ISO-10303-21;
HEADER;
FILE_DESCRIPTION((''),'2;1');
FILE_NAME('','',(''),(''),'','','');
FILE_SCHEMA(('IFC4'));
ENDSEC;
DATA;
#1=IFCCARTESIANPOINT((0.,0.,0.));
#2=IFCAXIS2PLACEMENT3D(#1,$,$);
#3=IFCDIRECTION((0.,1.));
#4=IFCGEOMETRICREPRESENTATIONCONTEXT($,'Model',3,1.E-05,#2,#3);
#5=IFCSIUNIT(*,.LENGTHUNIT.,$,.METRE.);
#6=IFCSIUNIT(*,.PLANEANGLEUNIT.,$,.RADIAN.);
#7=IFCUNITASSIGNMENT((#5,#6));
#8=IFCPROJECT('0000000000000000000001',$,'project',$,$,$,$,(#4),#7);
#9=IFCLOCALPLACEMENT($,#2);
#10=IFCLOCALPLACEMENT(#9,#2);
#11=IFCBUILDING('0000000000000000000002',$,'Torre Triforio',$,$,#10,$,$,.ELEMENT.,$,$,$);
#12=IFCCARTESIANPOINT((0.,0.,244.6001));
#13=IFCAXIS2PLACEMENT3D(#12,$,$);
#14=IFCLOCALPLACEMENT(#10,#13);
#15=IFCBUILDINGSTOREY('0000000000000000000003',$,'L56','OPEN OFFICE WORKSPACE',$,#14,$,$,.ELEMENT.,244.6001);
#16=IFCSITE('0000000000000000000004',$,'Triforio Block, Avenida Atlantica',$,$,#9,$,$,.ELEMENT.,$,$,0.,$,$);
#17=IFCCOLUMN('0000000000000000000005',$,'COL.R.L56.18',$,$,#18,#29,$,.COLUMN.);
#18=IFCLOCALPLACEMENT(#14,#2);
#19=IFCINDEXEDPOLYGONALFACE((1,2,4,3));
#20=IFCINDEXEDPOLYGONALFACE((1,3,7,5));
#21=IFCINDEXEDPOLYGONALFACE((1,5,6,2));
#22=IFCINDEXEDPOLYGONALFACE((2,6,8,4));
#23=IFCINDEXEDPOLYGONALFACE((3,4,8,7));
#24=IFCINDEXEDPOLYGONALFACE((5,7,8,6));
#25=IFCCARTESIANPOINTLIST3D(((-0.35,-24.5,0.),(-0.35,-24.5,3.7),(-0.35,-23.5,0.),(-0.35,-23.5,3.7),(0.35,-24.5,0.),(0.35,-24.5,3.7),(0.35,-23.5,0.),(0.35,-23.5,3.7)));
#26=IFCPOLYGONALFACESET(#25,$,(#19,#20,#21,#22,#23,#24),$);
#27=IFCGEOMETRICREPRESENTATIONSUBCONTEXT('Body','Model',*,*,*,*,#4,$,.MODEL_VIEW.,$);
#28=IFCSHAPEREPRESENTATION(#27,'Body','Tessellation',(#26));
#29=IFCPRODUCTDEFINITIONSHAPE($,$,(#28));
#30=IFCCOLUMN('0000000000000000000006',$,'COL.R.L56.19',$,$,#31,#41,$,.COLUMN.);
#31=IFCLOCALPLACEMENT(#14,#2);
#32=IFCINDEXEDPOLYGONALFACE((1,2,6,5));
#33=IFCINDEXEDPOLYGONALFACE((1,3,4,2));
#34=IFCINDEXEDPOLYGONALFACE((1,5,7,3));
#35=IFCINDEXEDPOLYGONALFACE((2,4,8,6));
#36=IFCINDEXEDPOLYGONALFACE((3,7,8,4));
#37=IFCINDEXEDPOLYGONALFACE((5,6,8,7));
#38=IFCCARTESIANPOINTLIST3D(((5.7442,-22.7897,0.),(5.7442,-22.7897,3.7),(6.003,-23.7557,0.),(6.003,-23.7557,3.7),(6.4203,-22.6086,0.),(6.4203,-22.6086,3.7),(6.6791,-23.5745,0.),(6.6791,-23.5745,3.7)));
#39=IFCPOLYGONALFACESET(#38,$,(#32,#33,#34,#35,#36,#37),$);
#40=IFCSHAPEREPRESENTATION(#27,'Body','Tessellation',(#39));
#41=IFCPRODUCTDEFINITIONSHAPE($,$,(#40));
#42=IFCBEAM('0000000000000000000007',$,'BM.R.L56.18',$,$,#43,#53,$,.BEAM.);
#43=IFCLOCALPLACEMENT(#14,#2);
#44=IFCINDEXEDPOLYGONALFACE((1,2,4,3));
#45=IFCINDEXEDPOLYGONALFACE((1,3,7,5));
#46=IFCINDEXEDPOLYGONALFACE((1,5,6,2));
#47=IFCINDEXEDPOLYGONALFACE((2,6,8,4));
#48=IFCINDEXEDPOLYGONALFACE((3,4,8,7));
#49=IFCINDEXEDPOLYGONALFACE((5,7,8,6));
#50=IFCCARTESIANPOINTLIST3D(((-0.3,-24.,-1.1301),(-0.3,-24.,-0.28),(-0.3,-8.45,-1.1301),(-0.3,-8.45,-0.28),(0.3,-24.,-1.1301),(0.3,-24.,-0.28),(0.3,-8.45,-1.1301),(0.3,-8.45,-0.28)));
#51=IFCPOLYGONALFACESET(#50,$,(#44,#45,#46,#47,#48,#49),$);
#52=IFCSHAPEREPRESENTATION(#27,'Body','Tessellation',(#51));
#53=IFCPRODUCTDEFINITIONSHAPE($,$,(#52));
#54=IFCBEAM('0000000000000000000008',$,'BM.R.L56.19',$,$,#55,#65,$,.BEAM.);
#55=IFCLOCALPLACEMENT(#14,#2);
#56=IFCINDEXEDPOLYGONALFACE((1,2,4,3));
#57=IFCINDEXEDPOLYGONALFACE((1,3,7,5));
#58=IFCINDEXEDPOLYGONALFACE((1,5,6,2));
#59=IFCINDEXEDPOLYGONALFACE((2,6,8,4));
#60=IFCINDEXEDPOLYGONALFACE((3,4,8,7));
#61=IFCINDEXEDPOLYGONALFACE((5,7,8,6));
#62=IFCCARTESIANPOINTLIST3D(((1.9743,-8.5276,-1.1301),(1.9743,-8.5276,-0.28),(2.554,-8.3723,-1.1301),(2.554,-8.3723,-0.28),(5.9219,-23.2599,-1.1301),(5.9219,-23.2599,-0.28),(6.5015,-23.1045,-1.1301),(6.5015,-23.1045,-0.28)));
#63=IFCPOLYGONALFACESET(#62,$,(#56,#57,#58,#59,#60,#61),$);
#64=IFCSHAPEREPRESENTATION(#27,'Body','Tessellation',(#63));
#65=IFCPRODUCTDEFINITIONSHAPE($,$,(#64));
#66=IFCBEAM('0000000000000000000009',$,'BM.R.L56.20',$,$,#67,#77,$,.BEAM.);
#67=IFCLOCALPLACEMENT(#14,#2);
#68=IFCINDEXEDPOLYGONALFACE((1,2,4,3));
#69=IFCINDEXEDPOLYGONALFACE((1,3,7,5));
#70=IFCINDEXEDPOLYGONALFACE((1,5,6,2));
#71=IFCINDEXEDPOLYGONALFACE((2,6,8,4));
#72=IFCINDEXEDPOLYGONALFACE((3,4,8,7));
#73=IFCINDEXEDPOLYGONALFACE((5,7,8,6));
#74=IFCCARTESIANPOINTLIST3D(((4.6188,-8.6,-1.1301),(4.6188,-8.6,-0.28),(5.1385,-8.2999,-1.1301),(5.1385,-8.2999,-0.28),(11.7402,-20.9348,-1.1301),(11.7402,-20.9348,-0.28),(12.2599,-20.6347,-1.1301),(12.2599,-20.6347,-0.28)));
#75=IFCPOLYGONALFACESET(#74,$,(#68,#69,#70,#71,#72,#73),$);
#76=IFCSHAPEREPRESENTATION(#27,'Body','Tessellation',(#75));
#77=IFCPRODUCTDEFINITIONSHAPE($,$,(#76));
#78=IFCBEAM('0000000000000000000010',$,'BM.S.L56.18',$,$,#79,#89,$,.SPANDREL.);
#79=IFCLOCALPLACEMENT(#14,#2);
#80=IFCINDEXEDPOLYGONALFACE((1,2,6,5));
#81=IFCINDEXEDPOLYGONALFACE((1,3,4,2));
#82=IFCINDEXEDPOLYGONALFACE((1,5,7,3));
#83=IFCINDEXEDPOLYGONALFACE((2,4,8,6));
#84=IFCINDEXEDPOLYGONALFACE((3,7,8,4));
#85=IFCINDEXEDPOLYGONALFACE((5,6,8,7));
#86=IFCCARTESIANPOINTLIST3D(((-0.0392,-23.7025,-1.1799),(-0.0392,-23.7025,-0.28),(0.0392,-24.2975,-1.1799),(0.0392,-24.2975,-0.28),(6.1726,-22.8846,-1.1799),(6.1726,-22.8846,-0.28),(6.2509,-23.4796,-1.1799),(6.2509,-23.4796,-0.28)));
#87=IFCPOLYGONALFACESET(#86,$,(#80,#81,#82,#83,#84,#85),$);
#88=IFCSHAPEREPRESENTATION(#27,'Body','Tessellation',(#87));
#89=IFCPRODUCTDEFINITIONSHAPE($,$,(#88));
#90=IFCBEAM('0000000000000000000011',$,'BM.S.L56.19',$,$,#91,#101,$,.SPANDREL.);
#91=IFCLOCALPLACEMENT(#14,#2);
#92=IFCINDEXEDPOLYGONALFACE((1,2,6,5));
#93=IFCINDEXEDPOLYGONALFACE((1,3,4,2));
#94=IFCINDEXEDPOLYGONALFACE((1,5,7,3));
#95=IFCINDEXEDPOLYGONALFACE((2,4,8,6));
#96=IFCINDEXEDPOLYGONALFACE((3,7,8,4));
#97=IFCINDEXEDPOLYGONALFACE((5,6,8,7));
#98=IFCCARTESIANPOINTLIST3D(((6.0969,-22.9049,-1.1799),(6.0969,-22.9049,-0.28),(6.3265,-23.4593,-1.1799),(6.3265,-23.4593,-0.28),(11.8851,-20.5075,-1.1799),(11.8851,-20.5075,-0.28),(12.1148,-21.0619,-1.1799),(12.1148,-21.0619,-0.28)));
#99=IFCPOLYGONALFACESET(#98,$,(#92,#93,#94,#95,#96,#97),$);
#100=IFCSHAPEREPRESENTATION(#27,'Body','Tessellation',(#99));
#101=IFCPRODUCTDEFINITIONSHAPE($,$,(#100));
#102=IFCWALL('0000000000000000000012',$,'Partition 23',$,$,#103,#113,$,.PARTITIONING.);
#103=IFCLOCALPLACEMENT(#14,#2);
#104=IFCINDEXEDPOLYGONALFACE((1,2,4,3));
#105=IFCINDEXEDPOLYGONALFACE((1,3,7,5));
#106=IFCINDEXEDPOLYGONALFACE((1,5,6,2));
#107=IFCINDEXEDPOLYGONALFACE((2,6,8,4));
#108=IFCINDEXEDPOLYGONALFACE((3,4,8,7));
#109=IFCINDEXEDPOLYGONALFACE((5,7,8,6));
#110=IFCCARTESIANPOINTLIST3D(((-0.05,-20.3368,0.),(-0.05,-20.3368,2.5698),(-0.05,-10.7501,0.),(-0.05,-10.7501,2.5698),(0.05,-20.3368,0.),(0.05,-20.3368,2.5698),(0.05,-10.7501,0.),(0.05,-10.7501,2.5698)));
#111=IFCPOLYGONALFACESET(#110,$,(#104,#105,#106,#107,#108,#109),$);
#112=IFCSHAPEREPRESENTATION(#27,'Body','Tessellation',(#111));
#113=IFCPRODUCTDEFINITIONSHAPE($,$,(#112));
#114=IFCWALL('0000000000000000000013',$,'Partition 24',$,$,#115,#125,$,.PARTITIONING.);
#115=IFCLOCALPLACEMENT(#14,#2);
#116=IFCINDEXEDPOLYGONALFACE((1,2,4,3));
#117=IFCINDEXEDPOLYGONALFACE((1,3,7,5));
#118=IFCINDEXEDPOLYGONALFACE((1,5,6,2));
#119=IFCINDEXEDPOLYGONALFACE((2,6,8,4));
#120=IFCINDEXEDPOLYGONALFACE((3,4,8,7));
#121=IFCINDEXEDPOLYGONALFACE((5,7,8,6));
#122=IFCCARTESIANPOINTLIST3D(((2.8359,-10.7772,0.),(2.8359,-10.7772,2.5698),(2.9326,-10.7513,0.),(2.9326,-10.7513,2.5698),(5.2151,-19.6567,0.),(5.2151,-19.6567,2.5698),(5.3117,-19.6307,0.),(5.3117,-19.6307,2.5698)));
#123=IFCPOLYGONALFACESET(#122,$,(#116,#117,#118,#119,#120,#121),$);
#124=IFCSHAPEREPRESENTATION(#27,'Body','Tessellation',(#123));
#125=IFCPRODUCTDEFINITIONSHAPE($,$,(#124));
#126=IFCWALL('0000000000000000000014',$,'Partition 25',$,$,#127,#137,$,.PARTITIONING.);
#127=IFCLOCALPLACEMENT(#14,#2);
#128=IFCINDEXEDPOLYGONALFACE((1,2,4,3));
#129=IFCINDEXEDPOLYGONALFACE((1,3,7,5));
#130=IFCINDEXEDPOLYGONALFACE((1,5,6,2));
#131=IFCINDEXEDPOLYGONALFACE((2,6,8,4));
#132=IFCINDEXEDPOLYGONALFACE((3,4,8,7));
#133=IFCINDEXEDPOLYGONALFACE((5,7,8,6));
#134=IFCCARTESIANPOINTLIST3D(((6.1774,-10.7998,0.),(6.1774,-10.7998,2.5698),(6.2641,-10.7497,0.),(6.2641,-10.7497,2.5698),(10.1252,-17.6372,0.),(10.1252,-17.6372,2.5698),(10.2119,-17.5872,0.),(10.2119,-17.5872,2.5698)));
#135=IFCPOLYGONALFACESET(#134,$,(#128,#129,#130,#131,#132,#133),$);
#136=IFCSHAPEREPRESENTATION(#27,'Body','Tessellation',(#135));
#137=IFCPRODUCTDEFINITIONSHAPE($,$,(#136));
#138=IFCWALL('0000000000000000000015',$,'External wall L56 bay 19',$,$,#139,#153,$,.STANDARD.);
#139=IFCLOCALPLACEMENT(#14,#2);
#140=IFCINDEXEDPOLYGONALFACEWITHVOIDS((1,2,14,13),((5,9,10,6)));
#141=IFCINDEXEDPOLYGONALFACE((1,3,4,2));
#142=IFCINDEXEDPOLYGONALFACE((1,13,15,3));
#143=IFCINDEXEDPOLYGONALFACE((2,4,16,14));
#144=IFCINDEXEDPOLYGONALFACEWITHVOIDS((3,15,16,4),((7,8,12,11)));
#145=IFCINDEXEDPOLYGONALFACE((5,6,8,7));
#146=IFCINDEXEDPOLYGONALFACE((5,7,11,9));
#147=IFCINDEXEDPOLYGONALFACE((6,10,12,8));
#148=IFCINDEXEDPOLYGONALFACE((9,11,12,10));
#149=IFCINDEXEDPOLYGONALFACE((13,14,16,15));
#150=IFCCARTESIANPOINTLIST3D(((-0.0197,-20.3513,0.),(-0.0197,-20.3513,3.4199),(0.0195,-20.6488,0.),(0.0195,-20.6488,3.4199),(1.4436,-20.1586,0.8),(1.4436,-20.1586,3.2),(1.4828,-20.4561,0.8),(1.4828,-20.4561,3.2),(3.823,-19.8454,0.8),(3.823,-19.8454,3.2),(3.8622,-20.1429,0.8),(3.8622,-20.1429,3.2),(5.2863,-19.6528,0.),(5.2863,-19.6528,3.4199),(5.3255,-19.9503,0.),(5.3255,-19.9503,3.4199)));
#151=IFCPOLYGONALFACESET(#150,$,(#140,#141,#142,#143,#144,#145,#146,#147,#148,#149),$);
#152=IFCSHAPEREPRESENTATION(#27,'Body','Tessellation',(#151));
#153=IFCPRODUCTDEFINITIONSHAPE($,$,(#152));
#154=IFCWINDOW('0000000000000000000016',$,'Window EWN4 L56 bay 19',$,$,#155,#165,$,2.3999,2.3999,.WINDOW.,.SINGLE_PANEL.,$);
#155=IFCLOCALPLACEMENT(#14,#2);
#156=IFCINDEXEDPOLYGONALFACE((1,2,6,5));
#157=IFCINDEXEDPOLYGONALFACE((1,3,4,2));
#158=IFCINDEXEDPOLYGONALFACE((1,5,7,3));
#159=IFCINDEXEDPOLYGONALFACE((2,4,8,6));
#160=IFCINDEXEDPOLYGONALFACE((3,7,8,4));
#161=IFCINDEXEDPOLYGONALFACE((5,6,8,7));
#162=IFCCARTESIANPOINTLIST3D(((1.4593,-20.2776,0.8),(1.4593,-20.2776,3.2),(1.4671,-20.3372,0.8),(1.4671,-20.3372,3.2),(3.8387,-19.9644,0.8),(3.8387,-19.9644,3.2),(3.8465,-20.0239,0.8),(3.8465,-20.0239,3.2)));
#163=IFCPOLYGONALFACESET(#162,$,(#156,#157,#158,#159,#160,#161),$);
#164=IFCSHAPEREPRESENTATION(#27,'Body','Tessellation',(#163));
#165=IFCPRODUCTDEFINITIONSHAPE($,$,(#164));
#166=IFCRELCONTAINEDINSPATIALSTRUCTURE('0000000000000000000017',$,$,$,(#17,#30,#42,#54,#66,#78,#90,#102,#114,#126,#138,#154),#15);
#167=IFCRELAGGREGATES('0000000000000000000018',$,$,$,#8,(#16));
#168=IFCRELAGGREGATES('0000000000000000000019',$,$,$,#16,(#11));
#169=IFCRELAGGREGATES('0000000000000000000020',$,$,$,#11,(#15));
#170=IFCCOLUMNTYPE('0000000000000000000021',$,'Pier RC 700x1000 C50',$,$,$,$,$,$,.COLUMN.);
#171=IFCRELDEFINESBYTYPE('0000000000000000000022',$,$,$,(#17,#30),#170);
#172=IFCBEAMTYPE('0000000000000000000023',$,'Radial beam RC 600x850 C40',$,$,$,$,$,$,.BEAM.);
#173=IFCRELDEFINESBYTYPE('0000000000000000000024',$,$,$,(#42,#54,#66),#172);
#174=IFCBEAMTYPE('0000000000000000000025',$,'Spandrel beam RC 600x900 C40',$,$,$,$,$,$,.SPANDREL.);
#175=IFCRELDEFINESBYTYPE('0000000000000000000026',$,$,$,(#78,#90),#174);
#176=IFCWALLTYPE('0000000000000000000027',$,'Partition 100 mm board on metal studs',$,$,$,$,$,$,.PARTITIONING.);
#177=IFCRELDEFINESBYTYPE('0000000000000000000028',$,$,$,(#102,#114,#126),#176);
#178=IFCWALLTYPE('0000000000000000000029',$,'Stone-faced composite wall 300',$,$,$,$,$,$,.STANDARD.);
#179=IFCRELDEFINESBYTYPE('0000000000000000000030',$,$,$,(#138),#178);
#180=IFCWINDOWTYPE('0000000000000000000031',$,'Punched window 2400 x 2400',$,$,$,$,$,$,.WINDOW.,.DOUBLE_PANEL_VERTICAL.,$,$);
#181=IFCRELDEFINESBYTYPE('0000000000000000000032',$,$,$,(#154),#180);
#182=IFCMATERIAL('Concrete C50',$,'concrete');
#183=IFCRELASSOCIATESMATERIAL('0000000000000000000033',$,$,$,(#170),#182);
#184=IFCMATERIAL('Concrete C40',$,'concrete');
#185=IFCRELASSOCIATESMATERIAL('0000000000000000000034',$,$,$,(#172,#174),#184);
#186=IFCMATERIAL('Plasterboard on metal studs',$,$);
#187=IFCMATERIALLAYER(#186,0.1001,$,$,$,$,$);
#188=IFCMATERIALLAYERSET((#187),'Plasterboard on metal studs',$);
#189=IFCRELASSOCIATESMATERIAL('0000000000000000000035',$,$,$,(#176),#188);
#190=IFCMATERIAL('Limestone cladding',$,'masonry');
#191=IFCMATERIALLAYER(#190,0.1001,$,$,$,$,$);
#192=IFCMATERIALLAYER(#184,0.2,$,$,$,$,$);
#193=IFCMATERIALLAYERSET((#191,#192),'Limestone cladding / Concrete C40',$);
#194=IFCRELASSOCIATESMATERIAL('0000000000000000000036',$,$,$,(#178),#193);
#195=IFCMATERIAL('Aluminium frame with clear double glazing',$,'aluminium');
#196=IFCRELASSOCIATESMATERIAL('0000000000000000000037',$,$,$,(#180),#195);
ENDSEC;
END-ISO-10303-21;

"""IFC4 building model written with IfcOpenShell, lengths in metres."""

from ifc_helpers import new_model, si_unit, direction, frame, frame_2d, origin, origin_2d, place, context, subcontext, project, spatial, rectangle, extrude, material, layer, layer_set, material_profile, profile_set, type_object, element, fill, save


model = new_model("IFC4")

# Units and contexts
model_context = context("Model", 3, precision=1e-05, world=origin(), true_north=direction((0.0, 1.0)))
body_context = subcontext(model_context, "Body", "Model", "MODEL_VIEW")
ifc_project = project(units=[si_unit("LENGTHUNIT", "METRE"), si_unit("PLANEANGLEUNIT", "RADIAN")], contexts=[model_context])

# Site, building, storey
site_placement = place(None, origin())
site = spatial("IfcSite", under=ifc_project, at=site_placement, Name="Triforio Block, Avenida Atlantica", CompositionType="ELEMENT", RefElevation=0.0)
building_placement = place(site_placement, origin())
building = spatial("IfcBuilding", under=site, at=building_placement, Name="Torre Triforio", CompositionType="ELEMENT")
storey_placement = place(building_placement, frame((0.0, 0.0, 244.6001)))
storey = spatial("IfcBuildingStorey", under=building, at=storey_placement, Name="L56", Description="OPEN OFFICE WORKSPACE", CompositionType="ELEMENT", Elevation=244.6001)

# Columns
ifc_material_1 = material(Name="Concrete C50", Category="concrete")
ifc_material_profile_1 = material_profile(ifc_material_1, rectangle(XDim=0.7, YDim=1.0, at=origin_2d()), Name="RC 700x1000")
ifc_profile_set_1 = profile_set([ifc_material_profile_1], Name="Concrete C50")
column_type = type_object("IfcColumnType", Name="Pier RC 700x1000 C50", PredefinedType="COLUMN", material=ifc_profile_set_1)
for number, where, z_axis, x_axis, name in (
    (1, (0.0, -24.0, 0.0), (0.0, 0.0, 1.0), (1.0, 0.0, 0.0), "COL.R.L56.18"),
    (2, (6.2117, -23.1821, 0.0), (0.0, 0.0, 1.0), (0.965926, 0.258819, 0.0), "COL.R.L56.19"),
):
    element("IfcColumn", number, at=place(storey_placement, frame(where, z_axis=z_axis, x_axis=x_axis)), inside=storey, type_object=column_type, Name=name, PredefinedType="COLUMN", context=body_context, shape_type="SweptSolid", body=[
        extrude(rectangle(XDim=0.7, YDim=1.0, at=origin_2d()), origin(), (0.0, 0.0, 1.0), 3.7),
    ])

# Beams
ifc_material_2 = material(Name="Concrete C40", Category="concrete")
ifc_material_profile_2 = material_profile(ifc_material_2, rectangle(XDim=0.6001, YDim=0.8501, at=origin_2d()), Name="RC 600x850")
ifc_profile_set_2 = profile_set([ifc_material_profile_2], Name="Concrete C40")
beam_type_1 = type_object("IfcBeamType", Name="Radial beam RC 600x850 C40", PredefinedType="BEAM", material=ifc_profile_set_2)
beam_1_placement = place(storey_placement, frame((0.0, -8.45, -0.7051), z_axis=(0.0, -1.0, 0.0), x_axis=(1.0, 0.0, 0.0)))
element("IfcBeam", 3, at=beam_1_placement, inside=storey, type_object=beam_type_1, Name="BM.R.L56.18", PredefinedType="BEAM", context=body_context, shape_type="SweptSolid", body=[
    extrude(rectangle(XDim=0.6001, YDim=0.8501, at=origin_2d()), origin(), (0.0, 0.0, 1.0), 15.55),
])
beam_2_placement = place(storey_placement, frame((2.2642, -8.45, -0.7051), z_axis=(0.258821, -0.965925, 0.0), x_axis=(0.965925, 0.258821, 0.0)))
element("IfcBeam", 4, at=beam_2_placement, inside=storey, type_object=beam_type_1, Name="BM.R.L56.19", PredefinedType="BEAM", context=body_context, shape_type="SweptSolid", body=[
    extrude(rectangle(XDim=0.6001, YDim=0.8501, at=origin_2d()), origin(), (0.0, 0.0, 1.0), 15.252),
])
beam_3_placement = place(storey_placement, frame((4.8787, -8.45, -0.7051), z_axis=(0.499994, -0.866029, 0.0), x_axis=(0.866029, 0.499994, 0.0)))
element("IfcBeam", 5, at=beam_3_placement, inside=storey, type_object=beam_type_1, Name="BM.R.L56.20", PredefinedType="BEAM", context=body_context, shape_type="SweptSolid", body=[
    extrude(rectangle(XDim=0.6001, YDim=0.8501, at=origin_2d()), origin(), (0.0, 0.0, 1.0), 14.2429),
])
ifc_material_profile_3 = material_profile(ifc_material_2, rectangle(XDim=0.6001, YDim=0.8999, at=origin_2d()), Name="RC 600x900")
ifc_profile_set_3 = profile_set([ifc_material_profile_3], Name="Concrete C40")
beam_type_2 = type_object("IfcBeamType", Name="Spandrel beam RC 600x900 C40", PredefinedType="SPANDREL", material=ifc_profile_set_3)
beam_4_placement = place(storey_placement, frame((0.0, -24.0, -0.73), z_axis=(0.991443, 0.13054, 0.0), x_axis=(-0.13054, 0.991443, 0.0)))
element("IfcBeam", 6, at=beam_4_placement, inside=storey, type_object=beam_type_2, Name="BM.S.L56.18", PredefinedType="SPANDREL", context=body_context, shape_type="SweptSolid", body=[
    extrude(rectangle(XDim=0.6001, YDim=0.8999, at=origin_2d()), origin(), (0.0, 0.0, 1.0), 6.2654),
])
beam_5_placement = place(storey_placement, frame((6.2117, -23.1821, -0.73), z_axis=(0.923888, 0.382664, 0.0), x_axis=(-0.382664, 0.923888, 0.0)))
element("IfcBeam", 7, at=beam_5_placement, inside=storey, type_object=beam_type_2, Name="BM.S.L56.19", PredefinedType="SPANDREL", context=body_context, shape_type="SweptSolid", body=[
    extrude(rectangle(XDim=0.6001, YDim=0.8999, at=origin_2d()), origin(), (0.0, 0.0, 1.0), 6.2651),
])

# Walls
ifc_material_3 = material(Name="Plasterboard on metal studs")
ifc_layer_1 = layer(ifc_material_3, 0.1001)
ifc_layer_set_1 = layer_set([ifc_layer_1], Name="Plasterboard on metal studs")
wall_type_1 = type_object("IfcWallType", Name="Partition 100 mm board on metal studs", PredefinedType="PARTITIONING", material=ifc_layer_set_1)
wall_1_placement = place(storey_placement, frame((0.0, -10.75, 0.0), z_axis=(0.0, 0.0, 1.0), x_axis=(0.0, -1.0, 0.0)))
element("IfcWall", 8, at=wall_1_placement, inside=storey, type_object=wall_type_1, Name="Partition 23", PredefinedType="PARTITIONING", context=body_context, shape_type="SweptSolid", body=[
    extrude(rectangle(XDim=9.5867, YDim=0.1001, at=frame_2d((4.7935, 0.0))), origin(), (0.0, 0.0, 1.0), 2.5698),
])
wall_2_placement = place(storey_placement, frame((2.8843, -10.7644, 0.0), z_axis=(0.0, 0.0, 1.0), x_axis=(0.258811, -0.965928, 0.0)))
element("IfcWall", 9, at=wall_2_placement, inside=storey, type_object=wall_type_1, Name="Partition 24", PredefinedType="PARTITIONING", context=body_context, shape_type="SweptSolid", body=[
    extrude(rectangle(XDim=9.1926, YDim=0.1001, at=frame_2d((4.5962, 0.0))), origin(), (0.0, 0.0, 1.0), 2.5698),
])
wall_3_placement = place(storey_placement, frame((6.2207, -10.7747, 0.0), z_axis=(0.0, 0.0, 1.0), x_axis=(0.500017, -0.866016, 0.0)))
element("IfcWall", 10, at=wall_3_placement, inside=storey, type_object=wall_type_1, Name="Partition 25", PredefinedType="PARTITIONING", context=body_context, shape_type="SweptSolid", body=[
    extrude(rectangle(XDim=7.8953, YDim=0.1001, at=frame_2d((3.9478, 0.0))), origin(), (0.0, 0.0, 1.0), 2.5698),
])

# Wall, opening, window
ifc_material_4 = material(Name="Limestone cladding", Category="masonry")
ifc_layer_2 = layer(ifc_material_4, 0.1001)
ifc_layer_3 = layer(ifc_material_2, 0.2)
ifc_layer_set_2 = layer_set([ifc_layer_2, ifc_layer_3], Name="Limestone cladding / Concrete C40")
wall_type_2 = type_object("IfcWallType", Name="Stone-faced composite wall 300", PredefinedType="STANDARD", material=ifc_layer_set_2)
wall_4_placement = place(storey_placement, frame((0.0, -20.5, 0.0), z_axis=(0.0, 0.0, 1.0), x_axis=(0.991446, 0.130517, 0.0)))
wall_4 = element("IfcWall", 11, at=wall_4_placement, inside=storey, type_object=wall_type_2, Name="External wall L56 bay 19", PredefinedType="STANDARD", context=body_context, shape_type="SweptSolid", body=[
    extrude(rectangle(XDim=5.3518, YDim=0.3, at=frame_2d((2.6758, 0.0))), origin(), (0.0, 0.0, 1.0), 3.4199),
])
opening_1_placement = place(wall_4_placement, frame((1.4758, 0.0, 0.8)))
opening_1 = element("IfcOpeningElement", 12, at=opening_1_placement, cuts=wall_4, PredefinedType="OPENING", context=body_context, shape_type="SweptSolid", body=[
    extrude(rectangle(XDim=2.3999, YDim=2.3999, at=frame_2d((1.2, 1.2))), frame((0.0, 0.1599, 0.0), z_axis=(0.0, -1.0, 0.0), x_axis=(1.0, 0.0, 0.0)), (0.0, 0.0, 1.0), 0.3201),
])
ifc_material_5 = material(Name="Aluminium frame with clear double glazing", Category="aluminium")
window_type_1 = type_object("IfcWindowType", Name="Punched window 2400 x 2400", PartitioningType="DOUBLE_PANEL_VERTICAL", PredefinedType="WINDOW", material=ifc_material_5)
window_1_placement = place(opening_1_placement, origin())
window_1 = element("IfcWindow", 13, at=window_1_placement, inside=storey, type_object=window_type_1, Name="Window EWN4 L56 bay 19", OverallHeight=2.3999, OverallWidth=2.3999, PartitioningType="SINGLE_PANEL", PredefinedType="WINDOW", context=body_context, shape_type="SweptSolid", body=[
    extrude(rectangle(XDim=2.3999, YDim=2.3999, at=frame_2d((1.2, 1.2))), frame((0.0, 0.03, 0.0), z_axis=(0.0, -1.0, 0.0), x_axis=(1.0, 0.0, 0.0)), (0.0, 0.0, 1.0), 0.0601),
])
fill(opening_1, window_1)

save(model, "model.ifc")
